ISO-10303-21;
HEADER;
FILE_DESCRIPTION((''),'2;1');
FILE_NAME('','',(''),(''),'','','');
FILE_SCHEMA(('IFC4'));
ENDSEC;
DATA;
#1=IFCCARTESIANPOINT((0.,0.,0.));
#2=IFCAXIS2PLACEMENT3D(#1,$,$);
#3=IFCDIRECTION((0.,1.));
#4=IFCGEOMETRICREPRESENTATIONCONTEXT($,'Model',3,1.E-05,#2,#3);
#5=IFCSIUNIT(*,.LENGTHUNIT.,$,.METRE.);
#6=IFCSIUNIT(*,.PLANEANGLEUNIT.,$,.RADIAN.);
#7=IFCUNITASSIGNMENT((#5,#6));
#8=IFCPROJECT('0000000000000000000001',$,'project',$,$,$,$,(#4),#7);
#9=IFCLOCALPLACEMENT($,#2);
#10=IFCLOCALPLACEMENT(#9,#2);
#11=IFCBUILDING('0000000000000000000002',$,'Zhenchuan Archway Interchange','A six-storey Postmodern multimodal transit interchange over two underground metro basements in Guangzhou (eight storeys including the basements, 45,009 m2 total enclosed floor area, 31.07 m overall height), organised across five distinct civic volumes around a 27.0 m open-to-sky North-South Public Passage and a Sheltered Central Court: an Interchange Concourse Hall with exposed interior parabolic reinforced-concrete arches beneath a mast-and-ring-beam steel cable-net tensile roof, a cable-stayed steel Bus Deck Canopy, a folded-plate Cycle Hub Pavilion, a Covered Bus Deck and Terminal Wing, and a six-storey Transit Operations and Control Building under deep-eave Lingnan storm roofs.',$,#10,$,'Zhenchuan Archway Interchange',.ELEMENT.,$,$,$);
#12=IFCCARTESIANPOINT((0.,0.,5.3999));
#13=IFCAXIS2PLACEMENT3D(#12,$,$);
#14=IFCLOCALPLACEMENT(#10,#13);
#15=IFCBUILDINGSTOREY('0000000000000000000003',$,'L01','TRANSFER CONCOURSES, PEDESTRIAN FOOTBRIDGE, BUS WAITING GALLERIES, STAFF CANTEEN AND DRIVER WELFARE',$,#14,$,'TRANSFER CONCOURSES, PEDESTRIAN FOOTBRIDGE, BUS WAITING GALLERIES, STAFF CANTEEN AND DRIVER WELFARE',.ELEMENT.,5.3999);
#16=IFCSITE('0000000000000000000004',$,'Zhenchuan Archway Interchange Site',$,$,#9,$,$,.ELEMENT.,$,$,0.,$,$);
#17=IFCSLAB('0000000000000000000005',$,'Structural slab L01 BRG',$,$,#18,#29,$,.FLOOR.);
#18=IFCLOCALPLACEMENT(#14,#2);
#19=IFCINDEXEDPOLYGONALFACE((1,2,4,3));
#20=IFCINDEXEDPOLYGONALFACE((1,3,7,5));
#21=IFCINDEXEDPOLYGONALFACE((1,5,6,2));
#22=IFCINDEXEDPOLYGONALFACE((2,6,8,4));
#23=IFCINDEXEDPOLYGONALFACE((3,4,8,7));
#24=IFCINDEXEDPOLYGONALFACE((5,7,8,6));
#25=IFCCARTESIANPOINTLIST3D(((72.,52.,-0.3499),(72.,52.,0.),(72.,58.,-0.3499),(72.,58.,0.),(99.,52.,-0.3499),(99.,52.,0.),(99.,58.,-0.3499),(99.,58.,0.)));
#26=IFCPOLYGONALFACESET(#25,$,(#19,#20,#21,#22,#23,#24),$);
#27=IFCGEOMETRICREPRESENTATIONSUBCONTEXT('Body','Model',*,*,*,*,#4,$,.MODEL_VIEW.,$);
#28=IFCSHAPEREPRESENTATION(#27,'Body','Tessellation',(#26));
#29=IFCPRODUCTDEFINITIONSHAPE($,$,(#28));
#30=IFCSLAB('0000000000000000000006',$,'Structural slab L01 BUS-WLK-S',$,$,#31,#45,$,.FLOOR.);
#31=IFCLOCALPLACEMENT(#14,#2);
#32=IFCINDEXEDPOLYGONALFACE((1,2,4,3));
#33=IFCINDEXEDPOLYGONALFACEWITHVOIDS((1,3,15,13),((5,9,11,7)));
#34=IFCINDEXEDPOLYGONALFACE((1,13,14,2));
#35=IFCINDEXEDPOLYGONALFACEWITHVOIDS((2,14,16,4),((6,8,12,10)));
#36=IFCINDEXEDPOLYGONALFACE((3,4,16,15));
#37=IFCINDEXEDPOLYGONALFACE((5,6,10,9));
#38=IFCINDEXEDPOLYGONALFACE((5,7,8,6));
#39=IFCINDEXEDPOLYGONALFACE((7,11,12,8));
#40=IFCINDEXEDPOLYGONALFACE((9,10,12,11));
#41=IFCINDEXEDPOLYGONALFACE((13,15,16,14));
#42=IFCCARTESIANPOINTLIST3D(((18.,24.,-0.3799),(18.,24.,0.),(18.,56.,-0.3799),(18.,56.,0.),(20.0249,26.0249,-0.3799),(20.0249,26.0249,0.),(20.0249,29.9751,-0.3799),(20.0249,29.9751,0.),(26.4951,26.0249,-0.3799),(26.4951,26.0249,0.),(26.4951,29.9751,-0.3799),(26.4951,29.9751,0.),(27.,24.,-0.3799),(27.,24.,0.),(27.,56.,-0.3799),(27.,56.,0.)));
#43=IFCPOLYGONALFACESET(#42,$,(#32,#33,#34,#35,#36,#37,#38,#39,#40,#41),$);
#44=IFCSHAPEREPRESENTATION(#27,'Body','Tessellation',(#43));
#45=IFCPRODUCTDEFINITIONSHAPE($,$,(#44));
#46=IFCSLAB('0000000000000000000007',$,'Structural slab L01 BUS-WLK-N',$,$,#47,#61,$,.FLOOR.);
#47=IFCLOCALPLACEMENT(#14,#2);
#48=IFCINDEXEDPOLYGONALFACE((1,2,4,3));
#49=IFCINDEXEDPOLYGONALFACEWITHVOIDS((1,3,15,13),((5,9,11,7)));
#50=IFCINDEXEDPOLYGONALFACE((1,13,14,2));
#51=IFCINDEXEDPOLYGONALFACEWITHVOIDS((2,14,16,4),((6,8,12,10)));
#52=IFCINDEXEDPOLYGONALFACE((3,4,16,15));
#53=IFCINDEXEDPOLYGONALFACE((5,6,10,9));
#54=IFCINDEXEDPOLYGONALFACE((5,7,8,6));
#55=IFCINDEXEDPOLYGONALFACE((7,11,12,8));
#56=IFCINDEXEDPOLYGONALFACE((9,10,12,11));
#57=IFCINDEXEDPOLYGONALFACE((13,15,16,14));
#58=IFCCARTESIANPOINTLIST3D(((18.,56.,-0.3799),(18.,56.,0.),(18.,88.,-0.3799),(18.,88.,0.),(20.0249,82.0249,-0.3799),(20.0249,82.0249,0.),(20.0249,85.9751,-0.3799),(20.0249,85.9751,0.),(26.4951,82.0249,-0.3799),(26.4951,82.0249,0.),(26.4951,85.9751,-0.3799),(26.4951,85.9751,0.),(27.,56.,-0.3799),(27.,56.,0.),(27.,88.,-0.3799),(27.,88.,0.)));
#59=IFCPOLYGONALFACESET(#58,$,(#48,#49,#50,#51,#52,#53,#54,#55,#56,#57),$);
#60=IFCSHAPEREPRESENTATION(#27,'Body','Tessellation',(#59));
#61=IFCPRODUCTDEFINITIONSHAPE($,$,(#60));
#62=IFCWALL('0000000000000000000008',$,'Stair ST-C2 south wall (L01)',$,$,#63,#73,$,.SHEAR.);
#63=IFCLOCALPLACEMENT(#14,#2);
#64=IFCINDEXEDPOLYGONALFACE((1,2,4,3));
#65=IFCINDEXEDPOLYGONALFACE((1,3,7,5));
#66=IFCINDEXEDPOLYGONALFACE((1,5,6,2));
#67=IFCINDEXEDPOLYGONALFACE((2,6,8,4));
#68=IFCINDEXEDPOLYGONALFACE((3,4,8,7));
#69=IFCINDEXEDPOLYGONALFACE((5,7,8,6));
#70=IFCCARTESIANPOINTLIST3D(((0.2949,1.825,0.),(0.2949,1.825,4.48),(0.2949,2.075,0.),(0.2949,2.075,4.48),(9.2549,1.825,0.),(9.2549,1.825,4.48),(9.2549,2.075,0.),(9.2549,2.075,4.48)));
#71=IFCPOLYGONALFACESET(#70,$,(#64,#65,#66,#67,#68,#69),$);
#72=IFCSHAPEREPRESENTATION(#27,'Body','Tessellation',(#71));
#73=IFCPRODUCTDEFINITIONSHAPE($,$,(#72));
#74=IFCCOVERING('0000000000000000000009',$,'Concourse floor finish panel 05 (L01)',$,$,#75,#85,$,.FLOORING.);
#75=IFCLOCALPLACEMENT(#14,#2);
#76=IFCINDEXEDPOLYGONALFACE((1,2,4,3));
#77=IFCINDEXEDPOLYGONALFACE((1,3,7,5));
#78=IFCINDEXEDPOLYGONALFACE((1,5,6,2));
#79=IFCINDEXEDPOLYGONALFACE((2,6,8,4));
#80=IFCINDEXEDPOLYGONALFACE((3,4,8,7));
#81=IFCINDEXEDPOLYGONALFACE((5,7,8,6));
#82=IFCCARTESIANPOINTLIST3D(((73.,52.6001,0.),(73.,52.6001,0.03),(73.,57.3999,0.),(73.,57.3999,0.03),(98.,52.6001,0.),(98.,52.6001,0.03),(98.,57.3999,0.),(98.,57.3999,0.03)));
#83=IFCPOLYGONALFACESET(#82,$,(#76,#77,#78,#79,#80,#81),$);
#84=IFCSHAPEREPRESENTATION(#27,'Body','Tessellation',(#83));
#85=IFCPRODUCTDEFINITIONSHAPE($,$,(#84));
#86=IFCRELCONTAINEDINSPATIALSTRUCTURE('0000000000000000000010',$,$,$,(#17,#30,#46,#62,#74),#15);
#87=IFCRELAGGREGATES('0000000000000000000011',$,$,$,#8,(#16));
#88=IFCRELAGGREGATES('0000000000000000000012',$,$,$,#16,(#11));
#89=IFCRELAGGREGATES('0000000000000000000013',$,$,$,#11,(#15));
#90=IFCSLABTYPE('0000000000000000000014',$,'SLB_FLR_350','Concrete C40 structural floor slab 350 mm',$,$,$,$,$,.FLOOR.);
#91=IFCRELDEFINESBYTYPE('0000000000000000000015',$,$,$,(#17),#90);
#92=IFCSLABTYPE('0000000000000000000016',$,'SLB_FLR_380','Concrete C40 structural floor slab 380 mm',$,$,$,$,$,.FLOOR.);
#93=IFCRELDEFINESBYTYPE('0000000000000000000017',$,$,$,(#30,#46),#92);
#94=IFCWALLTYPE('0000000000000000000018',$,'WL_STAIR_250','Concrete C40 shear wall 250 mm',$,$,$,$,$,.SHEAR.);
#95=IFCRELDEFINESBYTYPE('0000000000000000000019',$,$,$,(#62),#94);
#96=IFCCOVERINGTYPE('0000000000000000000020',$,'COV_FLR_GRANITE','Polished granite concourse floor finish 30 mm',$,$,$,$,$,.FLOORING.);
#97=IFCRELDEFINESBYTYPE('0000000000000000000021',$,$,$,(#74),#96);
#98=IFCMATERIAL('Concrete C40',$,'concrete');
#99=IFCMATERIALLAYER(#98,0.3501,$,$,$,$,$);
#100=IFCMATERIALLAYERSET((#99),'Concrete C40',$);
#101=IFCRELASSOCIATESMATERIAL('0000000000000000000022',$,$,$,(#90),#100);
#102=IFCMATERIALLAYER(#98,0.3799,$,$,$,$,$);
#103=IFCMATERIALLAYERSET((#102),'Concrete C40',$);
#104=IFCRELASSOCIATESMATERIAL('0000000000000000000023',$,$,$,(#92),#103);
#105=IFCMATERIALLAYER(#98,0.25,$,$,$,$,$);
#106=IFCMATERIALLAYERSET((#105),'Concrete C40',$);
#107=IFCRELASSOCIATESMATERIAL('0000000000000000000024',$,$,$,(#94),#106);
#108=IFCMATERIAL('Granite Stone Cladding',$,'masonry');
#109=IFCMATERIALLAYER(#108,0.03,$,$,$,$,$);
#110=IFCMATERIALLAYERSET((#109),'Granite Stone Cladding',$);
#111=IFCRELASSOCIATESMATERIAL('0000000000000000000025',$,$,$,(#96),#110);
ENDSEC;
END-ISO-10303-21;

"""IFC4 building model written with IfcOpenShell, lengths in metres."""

from ifc_helpers import new_model, si_unit, direction, frame, frame_2d, origin, place, context, subcontext, project, spatial, polyline, rectangle, outline, extrude, material, layer, layer_set, type_object, element, save


model = new_model("IFC4")

# Units and contexts
model_context = context("Model", 3, precision=1e-05, world=origin(), true_north=direction((0.0, 1.0)))
body_context = subcontext(model_context, "Body", "Model", "MODEL_VIEW")
ifc_project = project(units=[si_unit("LENGTHUNIT", "METRE"), si_unit("PLANEANGLEUNIT", "RADIAN")], contexts=[model_context])

# Site, building, storey
site_placement = place(None, origin())
site = spatial("IfcSite", under=ifc_project, at=site_placement, Name="Zhenchuan Archway Interchange Site", CompositionType="ELEMENT", RefElevation=0.0)
building_placement = place(site_placement, origin())
building = spatial("IfcBuilding", under=site, at=building_placement, Name="Zhenchuan Archway Interchange", Description="A six-storey Postmodern multimodal transit interchange over two underground metro basements in Guangzhou (eight storeys including the basements, 45,009 m2 total enclosed floor area, 31.07 m overall height), organised across five distinct civic volumes around a 27.0 m open-to-sky North-South Public Passage and a Sheltered Central Court: an Interchange Concourse Hall with exposed interior parabolic reinforced-concrete arches beneath a mast-and-ring-beam steel cable-net tensile roof, a cable-stayed steel Bus Deck Canopy, a folded-plate Cycle Hub Pavilion, a Covered Bus Deck and Terminal Wing, and a six-storey Transit Operations and Control Building under deep-eave Lingnan storm roofs.", LongName="Zhenchuan Archway Interchange", CompositionType="ELEMENT")
storey_placement = place(building_placement, frame((0.0, 0.0, 5.3999)))
storey = spatial("IfcBuildingStorey", under=building, at=storey_placement, Name="L01", Description="TRANSFER CONCOURSES, PEDESTRIAN FOOTBRIDGE, BUS WAITING GALLERIES, STAFF CANTEEN AND DRIVER WELFARE", LongName="TRANSFER CONCOURSES, PEDESTRIAN FOOTBRIDGE, BUS WAITING GALLERIES, STAFF CANTEEN AND DRIVER WELFARE", CompositionType="ELEMENT", Elevation=5.3999)

# Shared definitions
ifc_material_1 = material(Name="Concrete C40", Category="concrete")

# Slabs
ifc_layer_1 = layer(ifc_material_1, 0.3501)
ifc_layer_set_1 = layer_set([ifc_layer_1], Name="Concrete C40")
slab_type_1 = type_object("IfcSlabType", Name="SLB_FLR_350", Description="Concrete C40 structural floor slab 350 mm", PredefinedType="FLOOR", material=ifc_layer_set_1)
slab_1_placement = place(storey_placement, frame((0.0, 0.0, -0.3499)))
element("IfcSlab", 1, at=slab_1_placement, inside=storey, type_object=slab_type_1, Name="Structural slab L01 BRG", PredefinedType="FLOOR", context=body_context, shape_type="SweptSolid", body=[
    extrude(outline(polyline([(99.0, 52.0), (99.0, 58.0), (72.0, 58.0), (72.0, 52.0), (99.0, 52.0)])), origin(), (0.0, 0.0, 1.0), 0.3499),
])
ifc_layer_2 = layer(ifc_material_1, 0.3799)
ifc_layer_set_2 = layer_set([ifc_layer_2], Name="Concrete C40")
slab_type_2 = type_object("IfcSlabType", Name="SLB_FLR_380", Description="Concrete C40 structural floor slab 380 mm", PredefinedType="FLOOR", material=ifc_layer_set_2)
slab_2_placement = place(storey_placement, frame((0.0, 0.0, -0.3799)))
element("IfcSlab", 2, at=slab_2_placement, inside=storey, type_object=slab_type_2, Name="Structural slab L01 BUS-WLK-S", PredefinedType="FLOOR", context=body_context, shape_type="SweptSolid", body=[
    extrude(outline(polyline([(18.0, 24.0), (18.0, 56.0), (27.0, 56.0), (27.0, 24.0), (18.0, 24.0)]), holes=[polyline([(26.4951, 26.0249), (26.4951, 29.9751), (20.0249, 29.9751), (20.0249, 26.0249), (26.4951, 26.0249)])]), origin(), (0.0, 0.0, 1.0), 0.3799),
])
slab_3_placement = place(storey_placement, frame((0.0, 0.0, -0.3799)))
element("IfcSlab", 3, at=slab_3_placement, inside=storey, type_object=slab_type_2, Name="Structural slab L01 BUS-WLK-N", PredefinedType="FLOOR", context=body_context, shape_type="SweptSolid", body=[
    extrude(outline(polyline([(18.0, 56.0), (18.0, 88.0), (27.0, 88.0), (27.0, 56.0), (18.0, 56.0)]), holes=[polyline([(26.4951, 82.0249), (26.4951, 85.9751), (20.0249, 85.9751), (20.0249, 82.0249), (26.4951, 82.0249)])]), origin(), (0.0, 0.0, 1.0), 0.3799),
])

# Wall
ifc_layer_3 = layer(ifc_material_1, 0.25)
ifc_layer_set_3 = layer_set([ifc_layer_3], Name="Concrete C40")
wall_type = type_object("IfcWallType", Name="WL_STAIR_250", Description="Concrete C40 shear wall 250 mm", PredefinedType="SHEAR", material=ifc_layer_set_3)
wall_placement = place(storey_placement, frame((0.2949, 1.95, 0.0), z_axis=(0.0, 0.0, 1.0), x_axis=(1.0, 0.0, 0.0)))
element("IfcWall", 4, at=wall_placement, inside=storey, type_object=wall_type, Name="Stair ST-C2 south wall (L01)", PredefinedType="SHEAR", context=body_context, shape_type="SweptSolid", body=[
    extrude(rectangle(XDim=8.96, YDim=0.25, at=frame_2d((4.48, 0.0))), origin(), (0.0, 0.0, 1.0), 4.48),
])

# Covering
ifc_material_2 = material(Name="Granite Stone Cladding", Category="masonry")
ifc_layer_4 = layer(ifc_material_2, 0.03)
ifc_layer_set_4 = layer_set([ifc_layer_4], Name="Granite Stone Cladding")
covering_type = type_object("IfcCoveringType", Name="COV_FLR_GRANITE", Description="Polished granite concourse floor finish 30 mm", PredefinedType="FLOORING", material=ifc_layer_set_4)
covering_placement = place(storey_placement, origin())
element("IfcCovering", 5, at=covering_placement, inside=storey, type_object=covering_type, Name="Concourse floor finish panel 05 (L01)", PredefinedType="FLOORING", context=body_context, shape_type="SweptSolid", body=[
    extrude(outline(polyline([(73.0, 52.6001), (98.0, 52.6001), (98.0, 57.3999), (73.0, 57.3999), (73.0, 52.6001)])), origin(), (0.0, 0.0, 1.0), 0.03),
])

save(model, "model.ifc")
